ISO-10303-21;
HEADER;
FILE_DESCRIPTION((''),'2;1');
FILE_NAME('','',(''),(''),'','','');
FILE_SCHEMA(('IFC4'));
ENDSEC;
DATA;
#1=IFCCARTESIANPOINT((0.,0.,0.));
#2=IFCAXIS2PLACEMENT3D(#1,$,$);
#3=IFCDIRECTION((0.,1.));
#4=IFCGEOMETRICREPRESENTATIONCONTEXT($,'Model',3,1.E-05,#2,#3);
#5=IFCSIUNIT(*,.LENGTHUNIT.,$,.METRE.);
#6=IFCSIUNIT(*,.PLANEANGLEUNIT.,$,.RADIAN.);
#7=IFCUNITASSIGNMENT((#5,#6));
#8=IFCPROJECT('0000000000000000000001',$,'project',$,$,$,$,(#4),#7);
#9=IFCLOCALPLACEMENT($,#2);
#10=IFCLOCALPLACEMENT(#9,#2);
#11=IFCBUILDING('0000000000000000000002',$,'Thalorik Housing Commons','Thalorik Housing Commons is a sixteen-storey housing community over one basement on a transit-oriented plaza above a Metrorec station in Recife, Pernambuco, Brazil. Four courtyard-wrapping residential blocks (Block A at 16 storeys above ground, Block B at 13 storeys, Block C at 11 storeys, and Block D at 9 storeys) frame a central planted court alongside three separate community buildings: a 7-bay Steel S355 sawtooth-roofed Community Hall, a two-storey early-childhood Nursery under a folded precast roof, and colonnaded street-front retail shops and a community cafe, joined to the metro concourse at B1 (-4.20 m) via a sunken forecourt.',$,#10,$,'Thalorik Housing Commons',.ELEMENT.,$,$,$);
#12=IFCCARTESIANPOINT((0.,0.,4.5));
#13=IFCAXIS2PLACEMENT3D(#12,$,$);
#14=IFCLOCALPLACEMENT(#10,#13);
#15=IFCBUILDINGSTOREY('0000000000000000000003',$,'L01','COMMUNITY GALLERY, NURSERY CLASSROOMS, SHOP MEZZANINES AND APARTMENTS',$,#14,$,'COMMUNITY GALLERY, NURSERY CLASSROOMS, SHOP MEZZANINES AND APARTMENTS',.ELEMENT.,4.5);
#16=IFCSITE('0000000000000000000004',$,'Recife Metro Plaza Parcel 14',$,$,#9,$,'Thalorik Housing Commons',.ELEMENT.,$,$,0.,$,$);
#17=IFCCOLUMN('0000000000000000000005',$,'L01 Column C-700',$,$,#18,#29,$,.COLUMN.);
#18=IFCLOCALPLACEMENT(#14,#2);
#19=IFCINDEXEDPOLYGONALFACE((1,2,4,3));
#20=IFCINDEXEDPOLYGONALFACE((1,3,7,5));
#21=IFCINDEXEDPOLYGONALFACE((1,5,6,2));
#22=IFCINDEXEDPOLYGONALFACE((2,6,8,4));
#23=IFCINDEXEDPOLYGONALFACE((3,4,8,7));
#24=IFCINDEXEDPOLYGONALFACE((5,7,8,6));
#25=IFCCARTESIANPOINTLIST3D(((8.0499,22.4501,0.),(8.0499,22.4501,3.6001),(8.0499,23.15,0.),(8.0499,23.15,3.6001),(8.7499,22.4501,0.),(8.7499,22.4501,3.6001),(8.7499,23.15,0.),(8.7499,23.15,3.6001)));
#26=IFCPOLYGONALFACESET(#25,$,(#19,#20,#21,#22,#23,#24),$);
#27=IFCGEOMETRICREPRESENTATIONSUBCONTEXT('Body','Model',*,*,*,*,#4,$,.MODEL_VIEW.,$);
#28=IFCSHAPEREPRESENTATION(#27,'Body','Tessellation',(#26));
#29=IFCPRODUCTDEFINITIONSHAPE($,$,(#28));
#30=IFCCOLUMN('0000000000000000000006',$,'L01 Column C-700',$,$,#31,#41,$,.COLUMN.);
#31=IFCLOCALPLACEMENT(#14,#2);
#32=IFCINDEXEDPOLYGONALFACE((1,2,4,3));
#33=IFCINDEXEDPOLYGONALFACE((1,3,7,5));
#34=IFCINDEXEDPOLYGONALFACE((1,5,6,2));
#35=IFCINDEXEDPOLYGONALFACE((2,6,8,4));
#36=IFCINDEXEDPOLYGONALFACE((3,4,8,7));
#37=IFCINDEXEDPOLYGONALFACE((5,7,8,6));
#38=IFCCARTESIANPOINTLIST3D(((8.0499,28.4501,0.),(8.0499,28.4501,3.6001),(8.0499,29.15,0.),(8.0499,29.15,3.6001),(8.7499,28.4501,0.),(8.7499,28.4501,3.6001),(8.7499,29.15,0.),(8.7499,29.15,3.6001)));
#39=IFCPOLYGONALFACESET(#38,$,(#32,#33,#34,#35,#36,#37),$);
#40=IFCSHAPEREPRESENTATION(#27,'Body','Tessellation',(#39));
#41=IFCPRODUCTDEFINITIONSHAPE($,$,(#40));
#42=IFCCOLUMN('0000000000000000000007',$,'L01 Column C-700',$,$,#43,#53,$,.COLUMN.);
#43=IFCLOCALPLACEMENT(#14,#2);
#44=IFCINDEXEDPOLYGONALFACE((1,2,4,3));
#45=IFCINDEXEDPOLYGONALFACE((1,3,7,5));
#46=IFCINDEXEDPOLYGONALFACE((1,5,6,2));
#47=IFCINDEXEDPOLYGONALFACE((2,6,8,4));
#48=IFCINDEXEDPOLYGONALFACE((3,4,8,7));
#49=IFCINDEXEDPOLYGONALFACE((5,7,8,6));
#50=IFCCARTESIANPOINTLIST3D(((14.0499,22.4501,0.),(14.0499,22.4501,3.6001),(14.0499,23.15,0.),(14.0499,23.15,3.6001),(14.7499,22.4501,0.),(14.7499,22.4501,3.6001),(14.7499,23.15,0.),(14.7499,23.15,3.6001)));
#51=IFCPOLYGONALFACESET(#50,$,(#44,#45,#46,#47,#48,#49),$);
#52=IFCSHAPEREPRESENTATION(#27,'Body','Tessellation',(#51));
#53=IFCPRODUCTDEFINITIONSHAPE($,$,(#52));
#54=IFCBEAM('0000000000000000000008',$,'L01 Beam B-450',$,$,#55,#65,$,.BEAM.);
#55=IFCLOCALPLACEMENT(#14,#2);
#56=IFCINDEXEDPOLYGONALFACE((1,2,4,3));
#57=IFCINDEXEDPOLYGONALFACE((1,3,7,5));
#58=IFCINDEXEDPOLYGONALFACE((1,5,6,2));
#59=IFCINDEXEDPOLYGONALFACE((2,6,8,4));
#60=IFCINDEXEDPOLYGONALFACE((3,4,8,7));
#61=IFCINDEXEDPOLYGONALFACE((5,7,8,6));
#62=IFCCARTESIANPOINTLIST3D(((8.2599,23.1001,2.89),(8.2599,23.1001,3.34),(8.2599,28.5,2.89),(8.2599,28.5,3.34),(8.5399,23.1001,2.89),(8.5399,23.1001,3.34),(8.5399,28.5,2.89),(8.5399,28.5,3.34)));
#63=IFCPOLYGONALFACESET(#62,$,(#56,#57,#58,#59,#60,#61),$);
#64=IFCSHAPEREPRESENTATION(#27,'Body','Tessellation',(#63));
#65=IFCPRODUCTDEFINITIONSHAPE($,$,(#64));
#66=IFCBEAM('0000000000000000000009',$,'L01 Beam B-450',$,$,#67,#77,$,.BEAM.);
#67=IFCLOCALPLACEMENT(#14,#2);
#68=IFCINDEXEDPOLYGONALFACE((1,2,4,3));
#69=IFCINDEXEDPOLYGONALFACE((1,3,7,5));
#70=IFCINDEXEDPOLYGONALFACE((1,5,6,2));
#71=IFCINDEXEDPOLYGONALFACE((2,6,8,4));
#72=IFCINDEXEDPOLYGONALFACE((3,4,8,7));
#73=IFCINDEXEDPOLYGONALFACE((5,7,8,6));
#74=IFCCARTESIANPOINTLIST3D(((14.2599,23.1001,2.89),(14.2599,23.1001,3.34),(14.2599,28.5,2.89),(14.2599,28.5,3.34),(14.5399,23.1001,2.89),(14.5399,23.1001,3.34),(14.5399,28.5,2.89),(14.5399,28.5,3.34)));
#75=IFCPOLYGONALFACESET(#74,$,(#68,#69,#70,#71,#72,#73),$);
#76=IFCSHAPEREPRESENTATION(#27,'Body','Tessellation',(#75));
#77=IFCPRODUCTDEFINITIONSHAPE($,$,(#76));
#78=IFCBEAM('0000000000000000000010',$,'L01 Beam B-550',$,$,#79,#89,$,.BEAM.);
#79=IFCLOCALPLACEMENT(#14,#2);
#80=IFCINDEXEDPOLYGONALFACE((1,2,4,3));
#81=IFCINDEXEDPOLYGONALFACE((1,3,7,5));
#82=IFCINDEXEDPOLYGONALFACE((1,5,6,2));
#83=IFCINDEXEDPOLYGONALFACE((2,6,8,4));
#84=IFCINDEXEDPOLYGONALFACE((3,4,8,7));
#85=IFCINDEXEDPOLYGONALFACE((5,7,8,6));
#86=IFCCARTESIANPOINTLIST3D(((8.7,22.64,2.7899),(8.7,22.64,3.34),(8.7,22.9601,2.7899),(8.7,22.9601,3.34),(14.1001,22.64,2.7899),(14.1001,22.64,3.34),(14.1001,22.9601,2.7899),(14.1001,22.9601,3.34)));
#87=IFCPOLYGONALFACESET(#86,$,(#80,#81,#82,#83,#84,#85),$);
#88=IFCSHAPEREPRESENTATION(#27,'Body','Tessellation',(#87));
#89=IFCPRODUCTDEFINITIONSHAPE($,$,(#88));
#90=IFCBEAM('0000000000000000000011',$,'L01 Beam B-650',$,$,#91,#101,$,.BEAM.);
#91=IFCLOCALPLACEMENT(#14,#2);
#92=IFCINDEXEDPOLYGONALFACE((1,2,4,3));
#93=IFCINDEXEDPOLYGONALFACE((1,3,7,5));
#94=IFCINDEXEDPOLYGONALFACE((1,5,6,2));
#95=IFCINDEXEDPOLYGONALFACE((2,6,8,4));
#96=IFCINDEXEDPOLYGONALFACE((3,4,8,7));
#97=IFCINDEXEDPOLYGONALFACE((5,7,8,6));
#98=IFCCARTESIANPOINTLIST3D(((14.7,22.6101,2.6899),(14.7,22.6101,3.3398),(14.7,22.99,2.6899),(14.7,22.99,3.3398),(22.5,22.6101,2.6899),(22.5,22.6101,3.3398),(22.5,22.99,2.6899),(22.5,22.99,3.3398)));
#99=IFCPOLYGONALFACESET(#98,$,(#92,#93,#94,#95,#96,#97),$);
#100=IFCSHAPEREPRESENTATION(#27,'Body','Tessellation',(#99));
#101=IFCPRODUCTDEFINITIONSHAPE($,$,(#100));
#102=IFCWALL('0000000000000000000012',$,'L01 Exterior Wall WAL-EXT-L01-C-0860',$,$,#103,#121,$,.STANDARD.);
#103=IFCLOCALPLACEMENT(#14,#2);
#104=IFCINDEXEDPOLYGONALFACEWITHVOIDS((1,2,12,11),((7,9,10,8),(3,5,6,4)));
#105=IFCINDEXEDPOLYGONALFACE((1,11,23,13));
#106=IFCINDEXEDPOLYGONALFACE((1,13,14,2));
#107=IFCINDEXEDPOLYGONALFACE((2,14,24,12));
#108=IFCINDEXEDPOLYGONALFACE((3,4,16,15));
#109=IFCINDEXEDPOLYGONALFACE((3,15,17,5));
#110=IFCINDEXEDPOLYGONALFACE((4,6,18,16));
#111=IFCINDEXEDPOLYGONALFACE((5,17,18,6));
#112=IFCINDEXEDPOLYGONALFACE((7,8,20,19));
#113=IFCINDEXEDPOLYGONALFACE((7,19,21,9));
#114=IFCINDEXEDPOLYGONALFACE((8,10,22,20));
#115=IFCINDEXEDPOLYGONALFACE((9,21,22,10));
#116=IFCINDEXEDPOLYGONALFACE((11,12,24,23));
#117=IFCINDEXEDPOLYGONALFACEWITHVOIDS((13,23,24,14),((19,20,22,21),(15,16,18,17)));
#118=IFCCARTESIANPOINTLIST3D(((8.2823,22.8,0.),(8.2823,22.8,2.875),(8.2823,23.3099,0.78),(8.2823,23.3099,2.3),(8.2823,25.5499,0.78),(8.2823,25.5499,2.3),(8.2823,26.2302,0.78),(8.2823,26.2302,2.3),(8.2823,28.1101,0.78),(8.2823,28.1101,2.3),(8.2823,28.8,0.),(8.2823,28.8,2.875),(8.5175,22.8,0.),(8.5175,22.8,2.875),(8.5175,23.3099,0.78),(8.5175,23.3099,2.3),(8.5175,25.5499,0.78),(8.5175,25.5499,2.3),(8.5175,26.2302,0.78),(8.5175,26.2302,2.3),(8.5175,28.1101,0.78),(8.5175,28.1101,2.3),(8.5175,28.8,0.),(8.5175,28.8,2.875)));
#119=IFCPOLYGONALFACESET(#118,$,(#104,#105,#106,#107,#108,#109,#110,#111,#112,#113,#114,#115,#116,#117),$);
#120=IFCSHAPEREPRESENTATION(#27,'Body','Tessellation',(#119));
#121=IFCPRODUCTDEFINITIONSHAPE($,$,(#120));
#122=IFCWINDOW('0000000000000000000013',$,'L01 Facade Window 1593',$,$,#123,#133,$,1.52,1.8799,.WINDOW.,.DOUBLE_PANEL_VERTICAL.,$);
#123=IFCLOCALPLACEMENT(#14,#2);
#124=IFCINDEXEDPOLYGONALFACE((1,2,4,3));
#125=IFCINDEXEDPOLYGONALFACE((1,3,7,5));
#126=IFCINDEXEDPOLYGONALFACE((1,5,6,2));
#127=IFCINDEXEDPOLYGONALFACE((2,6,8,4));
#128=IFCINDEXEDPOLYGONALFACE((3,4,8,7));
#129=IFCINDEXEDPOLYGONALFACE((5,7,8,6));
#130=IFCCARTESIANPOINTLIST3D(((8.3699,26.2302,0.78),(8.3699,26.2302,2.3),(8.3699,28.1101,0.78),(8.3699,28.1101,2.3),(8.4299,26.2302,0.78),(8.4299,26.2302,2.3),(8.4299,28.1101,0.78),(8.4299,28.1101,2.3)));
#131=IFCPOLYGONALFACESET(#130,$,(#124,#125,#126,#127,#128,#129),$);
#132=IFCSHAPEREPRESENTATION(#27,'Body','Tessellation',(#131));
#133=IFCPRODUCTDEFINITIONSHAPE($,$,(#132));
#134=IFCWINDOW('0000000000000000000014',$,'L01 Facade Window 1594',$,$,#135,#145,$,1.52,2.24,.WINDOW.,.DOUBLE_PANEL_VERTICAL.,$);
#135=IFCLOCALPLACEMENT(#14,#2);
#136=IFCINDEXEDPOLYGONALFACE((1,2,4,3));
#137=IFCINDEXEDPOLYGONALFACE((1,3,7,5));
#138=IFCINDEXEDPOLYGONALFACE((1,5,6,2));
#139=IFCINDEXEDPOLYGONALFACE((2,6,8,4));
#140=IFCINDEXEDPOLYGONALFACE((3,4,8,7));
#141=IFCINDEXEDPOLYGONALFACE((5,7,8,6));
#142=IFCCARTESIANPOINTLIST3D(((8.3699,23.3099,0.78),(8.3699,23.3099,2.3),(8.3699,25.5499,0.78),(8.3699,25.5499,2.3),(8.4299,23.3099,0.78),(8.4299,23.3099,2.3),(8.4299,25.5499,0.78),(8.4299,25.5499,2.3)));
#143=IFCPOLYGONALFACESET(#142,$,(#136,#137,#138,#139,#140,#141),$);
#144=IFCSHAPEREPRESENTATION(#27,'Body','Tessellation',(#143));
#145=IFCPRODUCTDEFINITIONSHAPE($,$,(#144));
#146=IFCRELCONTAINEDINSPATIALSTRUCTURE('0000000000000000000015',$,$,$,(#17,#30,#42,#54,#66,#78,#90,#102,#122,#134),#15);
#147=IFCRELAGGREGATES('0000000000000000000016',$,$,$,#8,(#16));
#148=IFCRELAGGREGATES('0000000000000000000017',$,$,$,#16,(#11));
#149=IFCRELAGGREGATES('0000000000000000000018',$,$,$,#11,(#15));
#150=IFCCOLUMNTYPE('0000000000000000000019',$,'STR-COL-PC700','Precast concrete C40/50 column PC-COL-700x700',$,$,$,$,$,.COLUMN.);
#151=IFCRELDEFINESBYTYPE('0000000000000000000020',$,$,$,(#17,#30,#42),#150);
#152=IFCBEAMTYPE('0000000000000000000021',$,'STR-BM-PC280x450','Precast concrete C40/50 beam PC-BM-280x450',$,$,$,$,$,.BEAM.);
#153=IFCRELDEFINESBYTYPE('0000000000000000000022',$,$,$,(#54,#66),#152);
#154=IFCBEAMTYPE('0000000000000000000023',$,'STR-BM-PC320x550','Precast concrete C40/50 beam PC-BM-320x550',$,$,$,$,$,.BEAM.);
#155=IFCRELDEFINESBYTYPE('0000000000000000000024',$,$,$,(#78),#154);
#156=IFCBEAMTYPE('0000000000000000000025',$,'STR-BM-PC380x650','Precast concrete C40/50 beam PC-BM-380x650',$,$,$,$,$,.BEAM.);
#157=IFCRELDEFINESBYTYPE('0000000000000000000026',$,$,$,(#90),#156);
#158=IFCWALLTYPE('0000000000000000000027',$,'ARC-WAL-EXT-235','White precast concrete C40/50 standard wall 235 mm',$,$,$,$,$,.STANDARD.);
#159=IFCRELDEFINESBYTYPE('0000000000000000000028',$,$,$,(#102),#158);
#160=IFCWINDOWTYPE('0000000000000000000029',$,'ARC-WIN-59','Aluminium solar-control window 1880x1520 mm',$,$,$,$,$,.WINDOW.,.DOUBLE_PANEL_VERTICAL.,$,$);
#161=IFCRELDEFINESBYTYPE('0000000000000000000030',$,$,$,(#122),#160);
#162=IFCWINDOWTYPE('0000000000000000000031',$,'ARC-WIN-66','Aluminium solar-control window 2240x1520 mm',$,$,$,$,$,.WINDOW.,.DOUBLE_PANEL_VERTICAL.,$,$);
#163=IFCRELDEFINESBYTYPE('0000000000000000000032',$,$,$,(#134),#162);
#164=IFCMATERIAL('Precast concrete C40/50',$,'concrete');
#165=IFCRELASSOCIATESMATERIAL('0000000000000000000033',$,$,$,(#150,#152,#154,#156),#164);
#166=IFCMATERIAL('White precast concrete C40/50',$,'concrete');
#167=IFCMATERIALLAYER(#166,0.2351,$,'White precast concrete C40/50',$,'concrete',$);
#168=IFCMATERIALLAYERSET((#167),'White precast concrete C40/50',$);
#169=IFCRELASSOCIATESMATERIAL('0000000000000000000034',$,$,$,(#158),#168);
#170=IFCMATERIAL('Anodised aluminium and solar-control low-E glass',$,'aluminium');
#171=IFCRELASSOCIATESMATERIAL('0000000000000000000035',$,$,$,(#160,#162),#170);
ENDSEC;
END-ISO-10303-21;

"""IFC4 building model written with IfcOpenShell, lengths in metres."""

from ifc_helpers import new_model, si_unit, direction, frame, frame_2d, origin, origin_2d, place, context, subcontext, project, spatial, rectangle, extrude, material, layer, layer_set, material_profile, profile_set, type_object, element, fill, save


model = new_model("IFC4")

# Units and contexts
model_context = context("Model", 3, precision=1e-05, world=origin(), true_north=direction((0.0, 1.0)))
body_context = subcontext(model_context, "Body", "Model", "MODEL_VIEW")
ifc_project = project(units=[si_unit("LENGTHUNIT", "METRE"), si_unit("PLANEANGLEUNIT", "RADIAN")], contexts=[model_context])

# Site, building, storey
site_placement = place(None, origin())
site = spatial("IfcSite", under=ifc_project, at=site_placement, Name="Recife Metro Plaza Parcel 14", LongName="Thalorik Housing Commons", CompositionType="ELEMENT", RefElevation=0.0)
building_placement = place(site_placement, origin())
building = spatial("IfcBuilding", under=site, at=building_placement, Name="Thalorik Housing Commons", Description="Thalorik Housing Commons is a sixteen-storey housing community over one basement on a transit-oriented plaza above a Metrorec station in Recife, Pernambuco, Brazil. Four courtyard-wrapping residential blocks (Block A at 16 storeys above ground, Block B at 13 storeys, Block C at 11 storeys, and Block D at 9 storeys) frame a central planted court alongside three separate community buildings: a 7-bay Steel S355 sawtooth-roofed Community Hall, a two-storey early-childhood Nursery under a folded precast roof, and colonnaded street-front retail shops and a community cafe, joined to the metro concourse at B1 (-4.20 m) via a sunken forecourt.", LongName="Thalorik Housing Commons", CompositionType="ELEMENT")
storey_placement = place(building_placement, frame((0.0, 0.0, 4.5)))
storey = spatial("IfcBuildingStorey", under=building, at=storey_placement, Name="L01", Description="COMMUNITY GALLERY, NURSERY CLASSROOMS, SHOP MEZZANINES AND APARTMENTS", LongName="COMMUNITY GALLERY, NURSERY CLASSROOMS, SHOP MEZZANINES AND APARTMENTS", CompositionType="ELEMENT", Elevation=4.5)

# Columns
ifc_material_1 = material(Name="Precast concrete C40/50", Category="concrete")
ifc_material_profile_1 = material_profile(ifc_material_1, rectangle(XDim=0.7, YDim=0.7, at=origin_2d()), Name="PC 700x700", Category="concrete")
ifc_profile_set_1 = profile_set([ifc_material_profile_1], Name="Precast concrete C40/50")
column_type = type_object("IfcColumnType", Name="STR-COL-PC700", Description="Precast concrete C40/50 column PC-COL-700x700", PredefinedType="COLUMN", material=ifc_profile_set_1)
for number, where, z_axis, x_axis, name in (
    (1, (8.3999, 22.8, 0.0), (0.0, 0.0, 1.0), (1.0, 0.0, 0.0), "L01 Column C-700"),
    (2, (8.3999, 28.8, 0.0), (0.0, 0.0, 1.0), (1.0, 0.0, 0.0), "L01 Column C-700"),
    (3, (14.3999, 22.8, 0.0), (0.0, 0.0, 1.0), (1.0, 0.0, 0.0), "L01 Column C-700"),
):
    element("IfcColumn", number, at=place(storey_placement, frame(where, z_axis=z_axis, x_axis=x_axis)), inside=storey, type_object=column_type, Name=name, PredefinedType="COLUMN", context=body_context, shape_type="SweptSolid", body=[
        extrude(rectangle(XDim=0.7, YDim=0.7, at=origin_2d()), origin(), (0.0, 0.0, 1.0), 3.6001),
    ])

# Beams
ifc_material_profile_2 = material_profile(ifc_material_1, rectangle(XDim=0.28, YDim=0.45, at=origin_2d()), Name="PC 280x450", Category="concrete")
ifc_profile_set_2 = profile_set([ifc_material_profile_2], Name="Precast concrete C40/50")
beam_type_1 = type_object("IfcBeamType", Name="STR-BM-PC280x450", Description="Precast concrete C40/50 beam PC-BM-280x450", PredefinedType="BEAM", material=ifc_profile_set_2)
for number, where, z_axis, x_axis, name in (
    (4, (8.3999, 23.1001, 3.115), (0.0, 1.0, 0.0), (-1.0, 0.0, 0.0), "L01 Beam B-450"),
    (5, (14.3999, 23.1001, 3.115), (0.0, 1.0, 0.0), (-1.0, 0.0, 0.0), "L01 Beam B-450"),
):
    element("IfcBeam", number, at=place(storey_placement, frame(where, z_axis=z_axis, x_axis=x_axis)), inside=storey, type_object=beam_type_1, Name=name, PredefinedType="BEAM", context=body_context, shape_type="SweptSolid", body=[
        extrude(rectangle(XDim=0.28, YDim=0.45, at=origin_2d()), origin(), (0.0, 0.0, 1.0), 5.3999),
    ])
ifc_material_profile_3 = material_profile(ifc_material_1, rectangle(XDim=0.3201, YDim=0.55, at=origin_2d()), Name="PC 320x550", Category="concrete")
ifc_profile_set_3 = profile_set([ifc_material_profile_3], Name="Precast concrete C40/50")
beam_type_2 = type_object("IfcBeamType", Name="STR-BM-PC320x550", Description="Precast concrete C40/50 beam PC-BM-320x550", PredefinedType="BEAM", material=ifc_profile_set_3)
beam_1_placement = place(storey_placement, frame((8.7, 22.8, 3.0649), z_axis=(1.0, 0.0, 0.0), x_axis=(0.0, 1.0, 0.0)))
element("IfcBeam", 6, at=beam_1_placement, inside=storey, type_object=beam_type_2, Name="L01 Beam B-550", PredefinedType="BEAM", context=body_context, shape_type="SweptSolid", body=[
    extrude(rectangle(XDim=0.3201, YDim=0.55, at=origin_2d()), origin(), (0.0, 0.0, 1.0), 5.4001),
])
ifc_material_profile_4 = material_profile(ifc_material_1, rectangle(XDim=0.3799, YDim=0.6499, at=origin_2d()), Name="PC 380x650", Category="concrete")
ifc_profile_set_4 = profile_set([ifc_material_profile_4], Name="Precast concrete C40/50")
beam_type_3 = type_object("IfcBeamType", Name="STR-BM-PC380x650", Description="Precast concrete C40/50 beam PC-BM-380x650", PredefinedType="BEAM", material=ifc_profile_set_4)
beam_2_placement = place(storey_placement, frame((14.7, 22.8, 3.0149), z_axis=(1.0, 0.0, 0.0), x_axis=(0.0, 1.0, 0.0)))
element("IfcBeam", 7, at=beam_2_placement, inside=storey, type_object=beam_type_3, Name="L01 Beam B-650", PredefinedType="BEAM", context=body_context, shape_type="SweptSolid", body=[
    extrude(rectangle(XDim=0.3799, YDim=0.6499, at=origin_2d()), origin(), (0.0, 0.0, 1.0), 7.8),
])

# Wall, openings, windows
ifc_material_2 = material(Name="White precast concrete C40/50", Category="concrete")
ifc_layer_1 = layer(ifc_material_2, 0.2351, Name="White precast concrete C40/50", Category="concrete")
ifc_layer_set_1 = layer_set([ifc_layer_1], Name="White precast concrete C40/50")
wall_type_1 = type_object("IfcWallType", Name="ARC-WAL-EXT-235", Description="White precast concrete C40/50 standard wall 235 mm", PredefinedType="STANDARD", material=ifc_layer_set_1)
wall_1_placement = place(storey_placement, frame((8.3999, 28.8, 0.0), z_axis=(0.0, 0.0, 1.0), x_axis=(0.0, -1.0, 0.0)))
wall_1 = element("IfcWall", 8, at=wall_1_placement, inside=storey, type_object=wall_type_1, Name="L01 Exterior Wall WAL-EXT-L01-C-0860", PredefinedType="STANDARD", context=body_context, shape_type="SweptSolid", body=[
    extrude(rectangle(XDim=6.0, YDim=0.2351, at=frame_2d((3.0, 0.0))), origin(), (0.0, 0.0, 1.0), 2.875),
])
opening_1_placement = place(wall_1_placement, frame((0.6899, 0.0, 0.78)))
opening_1 = element("IfcOpeningElement", 9, at=opening_1_placement, cuts=wall_1, PredefinedType="OPENING", context=body_context, shape_type="SweptSolid", body=[
    extrude(rectangle(XDim=1.8799, YDim=1.52, at=frame_2d((0.9399, 0.76))), frame((0.0, 0.1274, 0.0), z_axis=(0.0, -1.0, 0.0), x_axis=(1.0, 0.0, 0.0)), (0.0, 0.0, 1.0), 0.2551),
])
opening_2_placement = place(wall_1_placement, frame((3.25, 0.0, 0.78)))
opening_2 = element("IfcOpeningElement", 10, at=opening_2_placement, cuts=wall_1, PredefinedType="OPENING", context=body_context, shape_type="SweptSolid", body=[
    extrude(rectangle(XDim=2.24, YDim=1.52, at=frame_2d((1.1201, 0.76))), frame((0.0, 0.1274, 0.0), z_axis=(0.0, -1.0, 0.0), x_axis=(1.0, 0.0, 0.0)), (0.0, 0.0, 1.0), 0.2551),
])
ifc_material_3 = material(Name="Anodised aluminium and solar-control low-E glass", Category="aluminium")
window_type_1 = type_object("IfcWindowType", Name="ARC-WIN-59", Description="Aluminium solar-control window 1880x1520 mm", PartitioningType="DOUBLE_PANEL_VERTICAL", PredefinedType="WINDOW", material=ifc_material_3)
window_1_placement = place(opening_1_placement, origin())
window_1 = element("IfcWindow", 11, at=window_1_placement, inside=storey, type_object=window_type_1, Name="L01 Facade Window 1593", OverallHeight=1.52, OverallWidth=1.8799, PartitioningType="DOUBLE_PANEL_VERTICAL", PredefinedType="WINDOW", context=body_context, shape_type="SweptSolid", body=[
    extrude(rectangle(XDim=1.8799, YDim=1.52, at=frame_2d((0.9399, 0.76))), frame((0.0, 0.03, 0.0), z_axis=(0.0, -1.0, 0.0), x_axis=(1.0, 0.0, 0.0)), (0.0, 0.0, 1.0), 0.0601),
])
fill(opening_1, window_1)
window_type_2 = type_object("IfcWindowType", Name="ARC-WIN-66", Description="Aluminium solar-control window 2240x1520 mm", PartitioningType="DOUBLE_PANEL_VERTICAL", PredefinedType="WINDOW", material=ifc_material_3)
window_2_placement = place(opening_2_placement, origin())
window_2 = element("IfcWindow", 12, at=window_2_placement, inside=storey, type_object=window_type_2, Name="L01 Facade Window 1594", OverallHeight=1.52, OverallWidth=2.24, PartitioningType="DOUBLE_PANEL_VERTICAL", PredefinedType="WINDOW", context=body_context, shape_type="SweptSolid", body=[
    extrude(rectangle(XDim=2.24, YDim=1.52, at=frame_2d((1.1201, 0.76))), frame((0.0, 0.03, 0.0), z_axis=(0.0, -1.0, 0.0), x_axis=(1.0, 0.0, 0.0)), (0.0, 0.0, 1.0), 0.0601),
])
fill(opening_2, window_2)

save(model, "model.ifc")
